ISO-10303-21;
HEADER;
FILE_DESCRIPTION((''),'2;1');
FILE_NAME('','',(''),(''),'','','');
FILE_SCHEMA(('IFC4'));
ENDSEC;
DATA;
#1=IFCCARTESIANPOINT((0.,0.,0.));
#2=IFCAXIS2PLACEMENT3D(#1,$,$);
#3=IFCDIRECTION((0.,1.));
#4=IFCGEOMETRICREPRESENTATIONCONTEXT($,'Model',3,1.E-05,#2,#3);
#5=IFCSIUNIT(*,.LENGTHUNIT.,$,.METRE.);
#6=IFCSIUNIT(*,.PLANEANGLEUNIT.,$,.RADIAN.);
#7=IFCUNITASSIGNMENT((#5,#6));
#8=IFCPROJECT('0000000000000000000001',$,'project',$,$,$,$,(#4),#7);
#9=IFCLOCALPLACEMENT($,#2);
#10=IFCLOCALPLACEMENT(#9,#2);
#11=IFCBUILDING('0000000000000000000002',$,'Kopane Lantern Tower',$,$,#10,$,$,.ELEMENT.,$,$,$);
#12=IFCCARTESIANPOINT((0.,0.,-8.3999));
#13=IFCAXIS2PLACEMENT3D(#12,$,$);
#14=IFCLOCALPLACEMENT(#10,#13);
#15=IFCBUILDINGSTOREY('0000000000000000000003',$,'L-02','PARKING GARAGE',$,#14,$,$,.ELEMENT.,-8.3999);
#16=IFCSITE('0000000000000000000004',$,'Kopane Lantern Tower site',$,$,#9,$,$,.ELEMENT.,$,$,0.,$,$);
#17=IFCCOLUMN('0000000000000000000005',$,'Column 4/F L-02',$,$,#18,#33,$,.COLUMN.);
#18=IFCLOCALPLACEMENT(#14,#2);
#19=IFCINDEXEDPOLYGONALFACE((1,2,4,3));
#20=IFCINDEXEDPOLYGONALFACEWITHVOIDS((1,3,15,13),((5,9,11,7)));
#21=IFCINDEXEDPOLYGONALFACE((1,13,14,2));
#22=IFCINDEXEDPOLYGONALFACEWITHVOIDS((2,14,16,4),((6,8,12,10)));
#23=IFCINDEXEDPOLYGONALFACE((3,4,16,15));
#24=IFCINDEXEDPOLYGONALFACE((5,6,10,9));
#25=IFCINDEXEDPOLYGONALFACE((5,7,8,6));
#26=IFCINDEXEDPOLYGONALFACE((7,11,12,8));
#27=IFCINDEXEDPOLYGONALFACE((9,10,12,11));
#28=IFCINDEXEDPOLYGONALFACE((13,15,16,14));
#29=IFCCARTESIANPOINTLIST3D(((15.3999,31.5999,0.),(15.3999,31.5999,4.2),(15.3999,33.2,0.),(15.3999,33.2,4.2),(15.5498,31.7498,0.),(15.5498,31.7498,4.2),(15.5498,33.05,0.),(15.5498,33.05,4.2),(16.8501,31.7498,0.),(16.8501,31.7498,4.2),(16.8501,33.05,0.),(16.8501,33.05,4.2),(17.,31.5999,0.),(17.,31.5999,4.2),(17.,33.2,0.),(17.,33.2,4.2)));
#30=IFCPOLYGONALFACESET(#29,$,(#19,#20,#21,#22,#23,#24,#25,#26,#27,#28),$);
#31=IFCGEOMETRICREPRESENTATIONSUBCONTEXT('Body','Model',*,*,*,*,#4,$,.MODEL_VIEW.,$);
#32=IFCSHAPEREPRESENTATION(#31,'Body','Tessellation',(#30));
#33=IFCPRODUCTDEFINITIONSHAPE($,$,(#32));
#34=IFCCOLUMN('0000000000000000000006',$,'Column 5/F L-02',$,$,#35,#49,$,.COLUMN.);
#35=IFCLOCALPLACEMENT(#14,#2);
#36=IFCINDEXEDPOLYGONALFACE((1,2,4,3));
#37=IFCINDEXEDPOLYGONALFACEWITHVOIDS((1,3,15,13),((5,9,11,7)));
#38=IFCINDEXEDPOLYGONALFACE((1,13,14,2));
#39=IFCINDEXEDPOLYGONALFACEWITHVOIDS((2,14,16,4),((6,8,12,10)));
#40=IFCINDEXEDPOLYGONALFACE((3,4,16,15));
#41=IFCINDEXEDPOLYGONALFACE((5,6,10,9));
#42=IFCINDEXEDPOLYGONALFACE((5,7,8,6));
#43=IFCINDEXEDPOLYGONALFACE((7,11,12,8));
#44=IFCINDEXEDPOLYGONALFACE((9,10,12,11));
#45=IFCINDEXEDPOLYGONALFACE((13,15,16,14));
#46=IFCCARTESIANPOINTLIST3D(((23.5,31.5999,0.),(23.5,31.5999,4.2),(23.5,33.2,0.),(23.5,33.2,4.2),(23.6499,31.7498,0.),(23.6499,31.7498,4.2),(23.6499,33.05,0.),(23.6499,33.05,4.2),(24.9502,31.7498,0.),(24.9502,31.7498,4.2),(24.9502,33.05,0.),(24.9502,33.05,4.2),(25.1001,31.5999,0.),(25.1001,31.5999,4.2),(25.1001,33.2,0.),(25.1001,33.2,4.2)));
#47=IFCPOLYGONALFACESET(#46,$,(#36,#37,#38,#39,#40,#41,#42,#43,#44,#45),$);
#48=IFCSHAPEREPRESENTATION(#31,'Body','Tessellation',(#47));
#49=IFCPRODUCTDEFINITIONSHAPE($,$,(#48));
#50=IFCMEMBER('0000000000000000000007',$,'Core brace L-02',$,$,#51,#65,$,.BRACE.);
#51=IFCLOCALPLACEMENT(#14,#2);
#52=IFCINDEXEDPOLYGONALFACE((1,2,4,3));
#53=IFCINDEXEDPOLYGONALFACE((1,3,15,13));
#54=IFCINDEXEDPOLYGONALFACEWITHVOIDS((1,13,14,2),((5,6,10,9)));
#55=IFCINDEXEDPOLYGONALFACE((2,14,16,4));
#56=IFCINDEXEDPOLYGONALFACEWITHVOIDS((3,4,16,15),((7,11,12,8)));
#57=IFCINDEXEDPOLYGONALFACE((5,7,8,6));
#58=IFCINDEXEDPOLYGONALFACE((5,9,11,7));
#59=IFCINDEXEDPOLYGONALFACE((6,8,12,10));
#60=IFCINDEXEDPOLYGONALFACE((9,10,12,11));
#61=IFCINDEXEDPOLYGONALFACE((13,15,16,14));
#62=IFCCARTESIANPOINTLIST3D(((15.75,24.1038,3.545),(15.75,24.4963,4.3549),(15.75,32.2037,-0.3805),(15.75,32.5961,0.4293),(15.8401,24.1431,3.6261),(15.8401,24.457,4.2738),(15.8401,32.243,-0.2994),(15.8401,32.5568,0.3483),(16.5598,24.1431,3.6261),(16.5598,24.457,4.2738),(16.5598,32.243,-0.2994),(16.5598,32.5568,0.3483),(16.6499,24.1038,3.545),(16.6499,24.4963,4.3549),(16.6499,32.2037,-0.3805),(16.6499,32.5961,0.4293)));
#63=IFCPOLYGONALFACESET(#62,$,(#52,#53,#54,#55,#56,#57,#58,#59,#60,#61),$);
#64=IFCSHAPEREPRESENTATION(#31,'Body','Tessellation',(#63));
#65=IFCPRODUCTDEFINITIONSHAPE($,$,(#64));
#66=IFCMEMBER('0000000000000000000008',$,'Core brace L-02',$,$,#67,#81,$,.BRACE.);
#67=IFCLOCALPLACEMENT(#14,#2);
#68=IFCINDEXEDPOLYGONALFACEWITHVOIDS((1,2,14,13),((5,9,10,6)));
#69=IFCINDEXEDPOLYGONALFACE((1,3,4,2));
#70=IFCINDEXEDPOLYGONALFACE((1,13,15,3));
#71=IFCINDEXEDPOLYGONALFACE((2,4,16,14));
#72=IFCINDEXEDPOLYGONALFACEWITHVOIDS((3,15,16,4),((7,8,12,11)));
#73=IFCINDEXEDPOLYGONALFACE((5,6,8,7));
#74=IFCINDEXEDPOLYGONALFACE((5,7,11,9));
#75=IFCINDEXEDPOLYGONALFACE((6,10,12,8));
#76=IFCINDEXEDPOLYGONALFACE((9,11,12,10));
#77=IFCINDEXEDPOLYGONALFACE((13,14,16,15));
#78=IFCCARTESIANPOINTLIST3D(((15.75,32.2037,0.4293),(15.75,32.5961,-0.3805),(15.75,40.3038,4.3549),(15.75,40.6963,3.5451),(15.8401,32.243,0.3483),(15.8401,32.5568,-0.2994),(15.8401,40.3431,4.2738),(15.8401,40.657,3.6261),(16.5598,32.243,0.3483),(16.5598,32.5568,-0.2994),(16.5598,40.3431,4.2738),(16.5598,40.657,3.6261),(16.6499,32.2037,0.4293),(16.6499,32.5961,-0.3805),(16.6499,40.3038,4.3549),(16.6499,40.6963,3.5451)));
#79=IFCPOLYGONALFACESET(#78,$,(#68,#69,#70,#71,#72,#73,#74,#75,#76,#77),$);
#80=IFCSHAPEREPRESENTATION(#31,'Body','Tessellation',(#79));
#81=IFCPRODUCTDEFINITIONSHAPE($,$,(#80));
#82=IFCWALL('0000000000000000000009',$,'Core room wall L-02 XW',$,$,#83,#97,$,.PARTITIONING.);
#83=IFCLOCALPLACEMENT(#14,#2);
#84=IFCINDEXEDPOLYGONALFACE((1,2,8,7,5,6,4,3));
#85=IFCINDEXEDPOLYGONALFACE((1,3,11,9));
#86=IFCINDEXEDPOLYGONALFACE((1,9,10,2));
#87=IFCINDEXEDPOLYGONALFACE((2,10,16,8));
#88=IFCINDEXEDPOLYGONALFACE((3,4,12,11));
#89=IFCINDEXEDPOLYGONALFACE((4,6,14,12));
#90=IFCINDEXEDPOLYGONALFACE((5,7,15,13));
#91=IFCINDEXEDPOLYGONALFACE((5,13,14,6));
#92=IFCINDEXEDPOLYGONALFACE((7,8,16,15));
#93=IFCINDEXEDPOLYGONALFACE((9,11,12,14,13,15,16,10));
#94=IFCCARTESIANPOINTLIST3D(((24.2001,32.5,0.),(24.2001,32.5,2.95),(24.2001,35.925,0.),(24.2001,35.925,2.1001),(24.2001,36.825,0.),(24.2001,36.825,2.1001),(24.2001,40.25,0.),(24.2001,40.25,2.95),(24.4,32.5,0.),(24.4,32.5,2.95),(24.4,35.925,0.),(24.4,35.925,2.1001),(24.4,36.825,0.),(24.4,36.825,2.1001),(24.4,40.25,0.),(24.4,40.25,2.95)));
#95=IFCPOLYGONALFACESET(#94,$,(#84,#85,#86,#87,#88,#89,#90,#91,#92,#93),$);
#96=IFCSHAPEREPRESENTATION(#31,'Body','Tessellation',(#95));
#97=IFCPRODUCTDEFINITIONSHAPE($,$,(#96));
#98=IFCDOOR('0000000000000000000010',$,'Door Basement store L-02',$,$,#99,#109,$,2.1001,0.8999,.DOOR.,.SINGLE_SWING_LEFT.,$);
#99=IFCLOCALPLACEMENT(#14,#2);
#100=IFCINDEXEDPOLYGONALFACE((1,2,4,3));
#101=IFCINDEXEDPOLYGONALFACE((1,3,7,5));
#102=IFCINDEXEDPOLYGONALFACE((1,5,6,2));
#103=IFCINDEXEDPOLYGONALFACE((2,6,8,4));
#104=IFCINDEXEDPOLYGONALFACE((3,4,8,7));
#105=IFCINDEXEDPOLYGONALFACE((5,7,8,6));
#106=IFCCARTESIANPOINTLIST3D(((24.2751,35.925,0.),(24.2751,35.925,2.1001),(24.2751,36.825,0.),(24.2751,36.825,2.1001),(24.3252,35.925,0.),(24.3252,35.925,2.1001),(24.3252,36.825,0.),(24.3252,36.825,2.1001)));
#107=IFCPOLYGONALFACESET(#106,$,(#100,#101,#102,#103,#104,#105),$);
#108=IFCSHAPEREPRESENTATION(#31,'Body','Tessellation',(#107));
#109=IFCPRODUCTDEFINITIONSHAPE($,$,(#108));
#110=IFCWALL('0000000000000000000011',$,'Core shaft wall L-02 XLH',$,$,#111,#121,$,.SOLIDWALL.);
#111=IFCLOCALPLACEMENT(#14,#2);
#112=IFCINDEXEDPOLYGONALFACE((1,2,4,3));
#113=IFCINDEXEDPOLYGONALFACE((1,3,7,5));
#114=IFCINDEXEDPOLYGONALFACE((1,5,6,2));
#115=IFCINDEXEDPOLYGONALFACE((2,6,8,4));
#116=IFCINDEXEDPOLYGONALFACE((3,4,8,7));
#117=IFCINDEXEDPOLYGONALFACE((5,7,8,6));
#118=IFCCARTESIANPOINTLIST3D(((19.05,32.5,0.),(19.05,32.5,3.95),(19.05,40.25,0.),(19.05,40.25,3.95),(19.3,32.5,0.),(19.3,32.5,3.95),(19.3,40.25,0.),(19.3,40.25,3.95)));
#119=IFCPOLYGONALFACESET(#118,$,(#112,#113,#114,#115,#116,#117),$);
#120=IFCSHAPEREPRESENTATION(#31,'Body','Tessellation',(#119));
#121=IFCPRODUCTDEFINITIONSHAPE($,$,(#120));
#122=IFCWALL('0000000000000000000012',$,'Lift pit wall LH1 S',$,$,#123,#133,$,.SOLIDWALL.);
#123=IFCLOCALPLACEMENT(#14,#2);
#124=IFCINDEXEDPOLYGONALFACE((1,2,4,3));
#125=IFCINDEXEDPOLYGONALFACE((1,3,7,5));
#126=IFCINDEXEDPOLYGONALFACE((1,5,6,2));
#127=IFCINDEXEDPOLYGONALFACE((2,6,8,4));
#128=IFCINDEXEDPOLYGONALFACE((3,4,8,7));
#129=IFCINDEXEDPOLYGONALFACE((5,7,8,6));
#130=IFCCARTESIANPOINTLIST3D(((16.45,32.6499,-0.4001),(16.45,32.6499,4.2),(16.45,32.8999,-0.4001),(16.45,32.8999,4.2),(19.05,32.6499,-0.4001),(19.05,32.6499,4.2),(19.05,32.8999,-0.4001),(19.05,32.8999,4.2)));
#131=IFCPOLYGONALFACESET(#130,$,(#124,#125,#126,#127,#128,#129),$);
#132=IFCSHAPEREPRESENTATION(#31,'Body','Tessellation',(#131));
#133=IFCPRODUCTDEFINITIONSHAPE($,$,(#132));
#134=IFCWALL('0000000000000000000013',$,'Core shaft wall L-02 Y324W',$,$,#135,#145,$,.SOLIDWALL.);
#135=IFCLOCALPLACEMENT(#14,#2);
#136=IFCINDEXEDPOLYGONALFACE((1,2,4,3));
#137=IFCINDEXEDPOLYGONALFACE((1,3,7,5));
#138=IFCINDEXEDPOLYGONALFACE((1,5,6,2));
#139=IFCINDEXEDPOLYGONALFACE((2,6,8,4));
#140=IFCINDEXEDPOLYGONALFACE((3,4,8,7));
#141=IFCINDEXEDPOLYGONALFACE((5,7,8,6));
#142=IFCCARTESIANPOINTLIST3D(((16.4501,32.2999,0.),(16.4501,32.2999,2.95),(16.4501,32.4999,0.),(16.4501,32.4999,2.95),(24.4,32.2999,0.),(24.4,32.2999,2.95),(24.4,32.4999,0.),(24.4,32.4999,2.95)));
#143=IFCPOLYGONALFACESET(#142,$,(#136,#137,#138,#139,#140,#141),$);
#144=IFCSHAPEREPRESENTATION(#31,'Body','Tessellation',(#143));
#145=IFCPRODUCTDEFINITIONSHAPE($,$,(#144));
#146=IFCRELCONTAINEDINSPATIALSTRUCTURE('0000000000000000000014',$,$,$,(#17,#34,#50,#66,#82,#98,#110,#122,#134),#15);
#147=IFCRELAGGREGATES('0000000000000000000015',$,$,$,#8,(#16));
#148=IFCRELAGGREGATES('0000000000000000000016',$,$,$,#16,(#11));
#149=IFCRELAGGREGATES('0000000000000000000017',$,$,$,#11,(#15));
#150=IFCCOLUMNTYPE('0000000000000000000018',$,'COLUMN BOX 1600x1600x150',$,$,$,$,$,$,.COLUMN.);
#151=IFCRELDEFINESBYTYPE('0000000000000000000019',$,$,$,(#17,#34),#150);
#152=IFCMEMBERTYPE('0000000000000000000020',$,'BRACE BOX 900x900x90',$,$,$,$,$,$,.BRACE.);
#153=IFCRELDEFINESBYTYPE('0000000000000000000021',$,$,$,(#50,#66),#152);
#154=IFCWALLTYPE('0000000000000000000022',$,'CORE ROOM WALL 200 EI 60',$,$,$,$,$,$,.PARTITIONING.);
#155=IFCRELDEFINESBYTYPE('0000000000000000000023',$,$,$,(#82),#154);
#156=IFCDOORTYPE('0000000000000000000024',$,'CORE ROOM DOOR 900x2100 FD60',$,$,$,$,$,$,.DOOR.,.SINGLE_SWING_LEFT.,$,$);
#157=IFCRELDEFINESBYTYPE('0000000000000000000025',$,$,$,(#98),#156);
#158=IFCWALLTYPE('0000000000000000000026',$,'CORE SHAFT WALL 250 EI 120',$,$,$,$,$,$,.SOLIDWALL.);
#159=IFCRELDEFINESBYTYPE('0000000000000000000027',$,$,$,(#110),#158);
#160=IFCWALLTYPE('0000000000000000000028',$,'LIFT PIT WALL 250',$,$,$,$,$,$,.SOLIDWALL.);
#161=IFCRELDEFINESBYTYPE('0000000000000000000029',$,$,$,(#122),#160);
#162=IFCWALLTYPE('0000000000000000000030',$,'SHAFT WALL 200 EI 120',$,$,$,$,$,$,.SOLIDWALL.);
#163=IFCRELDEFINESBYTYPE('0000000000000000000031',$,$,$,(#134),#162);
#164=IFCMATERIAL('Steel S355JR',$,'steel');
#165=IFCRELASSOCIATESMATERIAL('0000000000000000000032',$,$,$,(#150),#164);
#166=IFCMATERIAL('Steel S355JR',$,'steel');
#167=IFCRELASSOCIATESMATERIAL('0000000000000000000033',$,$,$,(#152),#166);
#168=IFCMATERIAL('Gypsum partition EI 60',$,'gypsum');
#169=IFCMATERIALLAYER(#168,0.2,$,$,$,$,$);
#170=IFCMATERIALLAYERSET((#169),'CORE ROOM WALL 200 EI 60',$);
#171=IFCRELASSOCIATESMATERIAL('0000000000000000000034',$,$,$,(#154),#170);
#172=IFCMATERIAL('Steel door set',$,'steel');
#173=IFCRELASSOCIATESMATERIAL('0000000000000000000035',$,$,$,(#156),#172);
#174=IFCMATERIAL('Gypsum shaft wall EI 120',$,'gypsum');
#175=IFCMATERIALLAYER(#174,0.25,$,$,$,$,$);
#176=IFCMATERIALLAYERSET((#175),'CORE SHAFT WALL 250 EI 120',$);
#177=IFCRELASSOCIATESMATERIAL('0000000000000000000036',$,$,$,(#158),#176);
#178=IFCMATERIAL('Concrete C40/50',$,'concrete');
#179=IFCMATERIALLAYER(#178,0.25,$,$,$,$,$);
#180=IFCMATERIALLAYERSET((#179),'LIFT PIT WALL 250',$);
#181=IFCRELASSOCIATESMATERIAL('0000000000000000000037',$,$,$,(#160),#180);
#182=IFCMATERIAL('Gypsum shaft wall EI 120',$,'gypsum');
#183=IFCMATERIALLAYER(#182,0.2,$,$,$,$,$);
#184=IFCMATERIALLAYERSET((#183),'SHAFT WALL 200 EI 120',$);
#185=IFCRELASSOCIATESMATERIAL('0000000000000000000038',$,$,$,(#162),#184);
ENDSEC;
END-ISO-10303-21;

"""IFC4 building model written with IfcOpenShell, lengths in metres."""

from ifc_helpers import new_model, si_unit, direction, frame, frame_2d, origin, origin_2d, place, context, subcontext, project, spatial, rectangle, hollow_rectangle, extrude, material, layer, layer_set, material_profile, profile_set, type_object, element, fill, save


model = new_model("IFC4")

# Units and contexts
model_context = context("Model", 3, precision=1e-05, world=origin(), true_north=direction((0.0, 1.0)))
body_context = subcontext(model_context, "Body", "Model", "MODEL_VIEW")
ifc_project = project(units=[si_unit("LENGTHUNIT", "METRE"), si_unit("PLANEANGLEUNIT", "RADIAN")], contexts=[model_context])

# Site, building, storey
site_placement = place(None, origin())
site = spatial("IfcSite", under=ifc_project, at=site_placement, Name="Kopane Lantern Tower site", CompositionType="ELEMENT", RefElevation=0.0)
building_placement = place(site_placement, origin())
building = spatial("IfcBuilding", under=site, at=building_placement, Name="Kopane Lantern Tower", CompositionType="ELEMENT")
storey_placement = place(building_placement, frame((0.0, 0.0, -8.3999)))
storey = spatial("IfcBuildingStorey", under=building, at=storey_placement, Name="L-02", Description="PARKING GARAGE", CompositionType="ELEMENT", Elevation=-8.3999)

# Columns
ifc_material_1 = material(Name="Steel S355JR", Category="steel")
ifc_material_profile_1 = material_profile(ifc_material_1, hollow_rectangle(XDim=1.6001, YDim=1.6001, WallThickness=0.1499, at=origin_2d()), Name="BOX 1600x1600x150")
ifc_profile_set_1 = profile_set([ifc_material_profile_1], Name="Steel S355JR")
column_type = type_object("IfcColumnType", Name="COLUMN BOX 1600x1600x150", PredefinedType="COLUMN", material=ifc_profile_set_1)
for number, where, z_axis, x_axis, name in (
    (1, (16.2, 32.3999, 0.0), (0.0, 0.0, 1.0), (1.0, 0.0, 0.0), "Column 4/F L-02"),
    (2, (24.3, 32.3999, 0.0), (0.0, 0.0, 1.0), (1.0, 0.0, 0.0), "Column 5/F L-02"),
):
    element("IfcColumn", number, at=place(storey_placement, frame(where, z_axis=z_axis, x_axis=x_axis)), inside=storey, type_object=column_type, Name=name, PredefinedType="COLUMN", context=body_context, shape_type="SweptSolid", body=[
        extrude(hollow_rectangle(XDim=1.6001, YDim=1.6001, WallThickness=0.1499, at=origin_2d()), origin(), (0.0, 0.0, 1.0), 4.2),
    ])

# Members
ifc_material_2 = material(Name="Steel S355JR", Category="steel")
ifc_material_profile_2 = material_profile(ifc_material_2, hollow_rectangle(XDim=0.8999, YDim=0.8999, WallThickness=0.0901, at=origin_2d()), Name="BOX 900x900x90")
ifc_profile_set_2 = profile_set([ifc_material_profile_2], Name="Steel S355JR")
member_type = type_object("IfcMemberType", Name="BRACE BOX 900x900x90", PredefinedType="BRACE", material=ifc_profile_set_2)
member_1_placement = place(storey_placement, frame((16.2, 32.3999, 0.0244), z_axis=(0.0, -0.899887, 0.436124), x_axis=(1.0, 0.0, 0.0)))
element("IfcMember", 3, at=member_1_placement, inside=storey, type_object=member_type, Name="Core brace L-02", PredefinedType="BRACE", context=body_context, shape_type="SweptSolid", body=[
    extrude(hollow_rectangle(XDim=0.8999, YDim=0.8999, WallThickness=0.0901, at=origin_2d()), origin(), (0.0, 0.0, 1.0), 9.001),
])
member_2_placement = place(storey_placement, frame((16.2, 32.3999, 0.0244), z_axis=(0.0, 0.899892, 0.436113), x_axis=(-1.0, 0.0, 0.0)))
element("IfcMember", 4, at=member_2_placement, inside=storey, type_object=member_type, Name="Core brace L-02", PredefinedType="BRACE", context=body_context, shape_type="SweptSolid", body=[
    extrude(hollow_rectangle(XDim=0.8999, YDim=0.8999, WallThickness=0.0901, at=origin_2d()), origin(), (0.0, 0.0, 1.0), 9.0012),
])

# Wall, opening, door
ifc_material_3 = material(Name="Gypsum partition EI 60", Category="gypsum")
ifc_layer_1 = layer(ifc_material_3, 0.2)
ifc_layer_set_1 = layer_set([ifc_layer_1], Name="CORE ROOM WALL 200 EI 60")
wall_type_1 = type_object("IfcWallType", Name="CORE ROOM WALL 200 EI 60", PredefinedType="PARTITIONING", material=ifc_layer_set_1)
wall_1_placement = place(storey_placement, frame((24.3, 32.5, 0.0), z_axis=(0.0, 0.0, 1.0), x_axis=(0.0, 1.0, 0.0)))
wall_1 = element("IfcWall", 5, at=wall_1_placement, inside=storey, type_object=wall_type_1, Name="Core room wall L-02 XW", PredefinedType="PARTITIONING", context=body_context, shape_type="SweptSolid", body=[
    extrude(rectangle(XDim=7.75, YDim=0.2, at=frame_2d((3.875, 0.0))), origin(), (0.0, 0.0, 1.0), 2.95),
])
opening_1_placement = place(wall_1_placement, frame((3.425, 0.0, 0.0)))
opening_1 = element("IfcOpeningElement", 6, at=opening_1_placement, cuts=wall_1, PredefinedType="OPENING", context=body_context, shape_type="SweptSolid", body=[
    extrude(rectangle(XDim=0.8999, YDim=2.1001, at=frame_2d((0.45, 1.05))), frame((0.0, 0.1099, 0.0), z_axis=(0.0, -1.0, 0.0), x_axis=(1.0, 0.0, 0.0)), (0.0, 0.0, 1.0), 0.22),
])
ifc_material_4 = material(Name="Steel door set", Category="steel")
door_type_1 = type_object("IfcDoorType", Name="CORE ROOM DOOR 900x2100 FD60", OperationType="SINGLE_SWING_LEFT", PredefinedType="DOOR", material=ifc_material_4)
door_1_placement = place(opening_1_placement, origin())
door_1 = element("IfcDoor", 7, at=door_1_placement, inside=storey, type_object=door_type_1, Name="Door Basement store L-02", OperationType="SINGLE_SWING_LEFT", OverallHeight=2.1001, OverallWidth=0.8999, PredefinedType="DOOR", context=body_context, shape_type="SweptSolid", body=[
    extrude(rectangle(XDim=0.8999, YDim=2.1001, at=frame_2d((0.45, 1.05))), frame((0.0, 0.0249, 0.0), z_axis=(0.0, -1.0, 0.0), x_axis=(1.0, 0.0, 0.0)), (0.0, 0.0, 1.0), 0.05),
])
fill(opening_1, door_1)
ifc_material_5 = material(Name="Gypsum shaft wall EI 120", Category="gypsum")
ifc_layer_2 = layer(ifc_material_5, 0.25)
ifc_layer_set_2 = layer_set([ifc_layer_2], Name="CORE SHAFT WALL 250 EI 120")
wall_type_2 = type_object("IfcWallType", Name="CORE SHAFT WALL 250 EI 120", PredefinedType="SOLIDWALL", material=ifc_layer_set_2)

# Walls
wall_2_placement = place(storey_placement, frame((19.175, 32.5, 0.0), z_axis=(0.0, 0.0, 1.0), x_axis=(0.0, 1.0, 0.0)))
element("IfcWall", 8, at=wall_2_placement, inside=storey, type_object=wall_type_2, Name="Core shaft wall L-02 XLH", PredefinedType="SOLIDWALL", context=body_context, shape_type="SweptSolid", body=[
    extrude(rectangle(XDim=7.75, YDim=0.25, at=frame_2d((3.875, 0.0))), origin(), (0.0, 0.0, 1.0), 3.95),
])
ifc_material_6 = material(Name="Concrete C40/50", Category="concrete")
ifc_layer_3 = layer(ifc_material_6, 0.25)
ifc_layer_set_3 = layer_set([ifc_layer_3], Name="LIFT PIT WALL 250")
wall_type_3 = type_object("IfcWallType", Name="LIFT PIT WALL 250", PredefinedType="SOLIDWALL", material=ifc_layer_set_3)
wall_3_placement = place(storey_placement, frame((16.45, 32.7749, -0.4001), z_axis=(0.0, 0.0, 1.0), x_axis=(1.0, 0.0, 0.0)))
element("IfcWall", 9, at=wall_3_placement, inside=storey, type_object=wall_type_3, Name="Lift pit wall LH1 S", PredefinedType="SOLIDWALL", context=body_context, shape_type="SweptSolid", body=[
    extrude(rectangle(XDim=2.6001, YDim=0.25, at=frame_2d((1.3, 0.0))), origin(), (0.0, 0.0, 1.0), 4.6001),
])
ifc_material_7 = material(Name="Gypsum shaft wall EI 120", Category="gypsum")
ifc_layer_4 = layer(ifc_material_7, 0.2)
ifc_layer_set_4 = layer_set([ifc_layer_4], Name="SHAFT WALL 200 EI 120")
wall_type_4 = type_object("IfcWallType", Name="SHAFT WALL 200 EI 120", PredefinedType="SOLIDWALL", material=ifc_layer_set_4)
wall_4_placement = place(storey_placement, frame((16.45, 32.3999, 0.0), z_axis=(0.0, 0.0, 1.0), x_axis=(1.0, 0.0, 0.0)))
element("IfcWall", 10, at=wall_4_placement, inside=storey, type_object=wall_type_4, Name="Core shaft wall L-02 Y324W", PredefinedType="SOLIDWALL", context=body_context, shape_type="SweptSolid", body=[
    extrude(rectangle(XDim=7.95, YDim=0.2, at=frame_2d((3.9751, 0.0))), origin(), (0.0, 0.0, 1.0), 2.95),
])

save(model, "model.ifc")
